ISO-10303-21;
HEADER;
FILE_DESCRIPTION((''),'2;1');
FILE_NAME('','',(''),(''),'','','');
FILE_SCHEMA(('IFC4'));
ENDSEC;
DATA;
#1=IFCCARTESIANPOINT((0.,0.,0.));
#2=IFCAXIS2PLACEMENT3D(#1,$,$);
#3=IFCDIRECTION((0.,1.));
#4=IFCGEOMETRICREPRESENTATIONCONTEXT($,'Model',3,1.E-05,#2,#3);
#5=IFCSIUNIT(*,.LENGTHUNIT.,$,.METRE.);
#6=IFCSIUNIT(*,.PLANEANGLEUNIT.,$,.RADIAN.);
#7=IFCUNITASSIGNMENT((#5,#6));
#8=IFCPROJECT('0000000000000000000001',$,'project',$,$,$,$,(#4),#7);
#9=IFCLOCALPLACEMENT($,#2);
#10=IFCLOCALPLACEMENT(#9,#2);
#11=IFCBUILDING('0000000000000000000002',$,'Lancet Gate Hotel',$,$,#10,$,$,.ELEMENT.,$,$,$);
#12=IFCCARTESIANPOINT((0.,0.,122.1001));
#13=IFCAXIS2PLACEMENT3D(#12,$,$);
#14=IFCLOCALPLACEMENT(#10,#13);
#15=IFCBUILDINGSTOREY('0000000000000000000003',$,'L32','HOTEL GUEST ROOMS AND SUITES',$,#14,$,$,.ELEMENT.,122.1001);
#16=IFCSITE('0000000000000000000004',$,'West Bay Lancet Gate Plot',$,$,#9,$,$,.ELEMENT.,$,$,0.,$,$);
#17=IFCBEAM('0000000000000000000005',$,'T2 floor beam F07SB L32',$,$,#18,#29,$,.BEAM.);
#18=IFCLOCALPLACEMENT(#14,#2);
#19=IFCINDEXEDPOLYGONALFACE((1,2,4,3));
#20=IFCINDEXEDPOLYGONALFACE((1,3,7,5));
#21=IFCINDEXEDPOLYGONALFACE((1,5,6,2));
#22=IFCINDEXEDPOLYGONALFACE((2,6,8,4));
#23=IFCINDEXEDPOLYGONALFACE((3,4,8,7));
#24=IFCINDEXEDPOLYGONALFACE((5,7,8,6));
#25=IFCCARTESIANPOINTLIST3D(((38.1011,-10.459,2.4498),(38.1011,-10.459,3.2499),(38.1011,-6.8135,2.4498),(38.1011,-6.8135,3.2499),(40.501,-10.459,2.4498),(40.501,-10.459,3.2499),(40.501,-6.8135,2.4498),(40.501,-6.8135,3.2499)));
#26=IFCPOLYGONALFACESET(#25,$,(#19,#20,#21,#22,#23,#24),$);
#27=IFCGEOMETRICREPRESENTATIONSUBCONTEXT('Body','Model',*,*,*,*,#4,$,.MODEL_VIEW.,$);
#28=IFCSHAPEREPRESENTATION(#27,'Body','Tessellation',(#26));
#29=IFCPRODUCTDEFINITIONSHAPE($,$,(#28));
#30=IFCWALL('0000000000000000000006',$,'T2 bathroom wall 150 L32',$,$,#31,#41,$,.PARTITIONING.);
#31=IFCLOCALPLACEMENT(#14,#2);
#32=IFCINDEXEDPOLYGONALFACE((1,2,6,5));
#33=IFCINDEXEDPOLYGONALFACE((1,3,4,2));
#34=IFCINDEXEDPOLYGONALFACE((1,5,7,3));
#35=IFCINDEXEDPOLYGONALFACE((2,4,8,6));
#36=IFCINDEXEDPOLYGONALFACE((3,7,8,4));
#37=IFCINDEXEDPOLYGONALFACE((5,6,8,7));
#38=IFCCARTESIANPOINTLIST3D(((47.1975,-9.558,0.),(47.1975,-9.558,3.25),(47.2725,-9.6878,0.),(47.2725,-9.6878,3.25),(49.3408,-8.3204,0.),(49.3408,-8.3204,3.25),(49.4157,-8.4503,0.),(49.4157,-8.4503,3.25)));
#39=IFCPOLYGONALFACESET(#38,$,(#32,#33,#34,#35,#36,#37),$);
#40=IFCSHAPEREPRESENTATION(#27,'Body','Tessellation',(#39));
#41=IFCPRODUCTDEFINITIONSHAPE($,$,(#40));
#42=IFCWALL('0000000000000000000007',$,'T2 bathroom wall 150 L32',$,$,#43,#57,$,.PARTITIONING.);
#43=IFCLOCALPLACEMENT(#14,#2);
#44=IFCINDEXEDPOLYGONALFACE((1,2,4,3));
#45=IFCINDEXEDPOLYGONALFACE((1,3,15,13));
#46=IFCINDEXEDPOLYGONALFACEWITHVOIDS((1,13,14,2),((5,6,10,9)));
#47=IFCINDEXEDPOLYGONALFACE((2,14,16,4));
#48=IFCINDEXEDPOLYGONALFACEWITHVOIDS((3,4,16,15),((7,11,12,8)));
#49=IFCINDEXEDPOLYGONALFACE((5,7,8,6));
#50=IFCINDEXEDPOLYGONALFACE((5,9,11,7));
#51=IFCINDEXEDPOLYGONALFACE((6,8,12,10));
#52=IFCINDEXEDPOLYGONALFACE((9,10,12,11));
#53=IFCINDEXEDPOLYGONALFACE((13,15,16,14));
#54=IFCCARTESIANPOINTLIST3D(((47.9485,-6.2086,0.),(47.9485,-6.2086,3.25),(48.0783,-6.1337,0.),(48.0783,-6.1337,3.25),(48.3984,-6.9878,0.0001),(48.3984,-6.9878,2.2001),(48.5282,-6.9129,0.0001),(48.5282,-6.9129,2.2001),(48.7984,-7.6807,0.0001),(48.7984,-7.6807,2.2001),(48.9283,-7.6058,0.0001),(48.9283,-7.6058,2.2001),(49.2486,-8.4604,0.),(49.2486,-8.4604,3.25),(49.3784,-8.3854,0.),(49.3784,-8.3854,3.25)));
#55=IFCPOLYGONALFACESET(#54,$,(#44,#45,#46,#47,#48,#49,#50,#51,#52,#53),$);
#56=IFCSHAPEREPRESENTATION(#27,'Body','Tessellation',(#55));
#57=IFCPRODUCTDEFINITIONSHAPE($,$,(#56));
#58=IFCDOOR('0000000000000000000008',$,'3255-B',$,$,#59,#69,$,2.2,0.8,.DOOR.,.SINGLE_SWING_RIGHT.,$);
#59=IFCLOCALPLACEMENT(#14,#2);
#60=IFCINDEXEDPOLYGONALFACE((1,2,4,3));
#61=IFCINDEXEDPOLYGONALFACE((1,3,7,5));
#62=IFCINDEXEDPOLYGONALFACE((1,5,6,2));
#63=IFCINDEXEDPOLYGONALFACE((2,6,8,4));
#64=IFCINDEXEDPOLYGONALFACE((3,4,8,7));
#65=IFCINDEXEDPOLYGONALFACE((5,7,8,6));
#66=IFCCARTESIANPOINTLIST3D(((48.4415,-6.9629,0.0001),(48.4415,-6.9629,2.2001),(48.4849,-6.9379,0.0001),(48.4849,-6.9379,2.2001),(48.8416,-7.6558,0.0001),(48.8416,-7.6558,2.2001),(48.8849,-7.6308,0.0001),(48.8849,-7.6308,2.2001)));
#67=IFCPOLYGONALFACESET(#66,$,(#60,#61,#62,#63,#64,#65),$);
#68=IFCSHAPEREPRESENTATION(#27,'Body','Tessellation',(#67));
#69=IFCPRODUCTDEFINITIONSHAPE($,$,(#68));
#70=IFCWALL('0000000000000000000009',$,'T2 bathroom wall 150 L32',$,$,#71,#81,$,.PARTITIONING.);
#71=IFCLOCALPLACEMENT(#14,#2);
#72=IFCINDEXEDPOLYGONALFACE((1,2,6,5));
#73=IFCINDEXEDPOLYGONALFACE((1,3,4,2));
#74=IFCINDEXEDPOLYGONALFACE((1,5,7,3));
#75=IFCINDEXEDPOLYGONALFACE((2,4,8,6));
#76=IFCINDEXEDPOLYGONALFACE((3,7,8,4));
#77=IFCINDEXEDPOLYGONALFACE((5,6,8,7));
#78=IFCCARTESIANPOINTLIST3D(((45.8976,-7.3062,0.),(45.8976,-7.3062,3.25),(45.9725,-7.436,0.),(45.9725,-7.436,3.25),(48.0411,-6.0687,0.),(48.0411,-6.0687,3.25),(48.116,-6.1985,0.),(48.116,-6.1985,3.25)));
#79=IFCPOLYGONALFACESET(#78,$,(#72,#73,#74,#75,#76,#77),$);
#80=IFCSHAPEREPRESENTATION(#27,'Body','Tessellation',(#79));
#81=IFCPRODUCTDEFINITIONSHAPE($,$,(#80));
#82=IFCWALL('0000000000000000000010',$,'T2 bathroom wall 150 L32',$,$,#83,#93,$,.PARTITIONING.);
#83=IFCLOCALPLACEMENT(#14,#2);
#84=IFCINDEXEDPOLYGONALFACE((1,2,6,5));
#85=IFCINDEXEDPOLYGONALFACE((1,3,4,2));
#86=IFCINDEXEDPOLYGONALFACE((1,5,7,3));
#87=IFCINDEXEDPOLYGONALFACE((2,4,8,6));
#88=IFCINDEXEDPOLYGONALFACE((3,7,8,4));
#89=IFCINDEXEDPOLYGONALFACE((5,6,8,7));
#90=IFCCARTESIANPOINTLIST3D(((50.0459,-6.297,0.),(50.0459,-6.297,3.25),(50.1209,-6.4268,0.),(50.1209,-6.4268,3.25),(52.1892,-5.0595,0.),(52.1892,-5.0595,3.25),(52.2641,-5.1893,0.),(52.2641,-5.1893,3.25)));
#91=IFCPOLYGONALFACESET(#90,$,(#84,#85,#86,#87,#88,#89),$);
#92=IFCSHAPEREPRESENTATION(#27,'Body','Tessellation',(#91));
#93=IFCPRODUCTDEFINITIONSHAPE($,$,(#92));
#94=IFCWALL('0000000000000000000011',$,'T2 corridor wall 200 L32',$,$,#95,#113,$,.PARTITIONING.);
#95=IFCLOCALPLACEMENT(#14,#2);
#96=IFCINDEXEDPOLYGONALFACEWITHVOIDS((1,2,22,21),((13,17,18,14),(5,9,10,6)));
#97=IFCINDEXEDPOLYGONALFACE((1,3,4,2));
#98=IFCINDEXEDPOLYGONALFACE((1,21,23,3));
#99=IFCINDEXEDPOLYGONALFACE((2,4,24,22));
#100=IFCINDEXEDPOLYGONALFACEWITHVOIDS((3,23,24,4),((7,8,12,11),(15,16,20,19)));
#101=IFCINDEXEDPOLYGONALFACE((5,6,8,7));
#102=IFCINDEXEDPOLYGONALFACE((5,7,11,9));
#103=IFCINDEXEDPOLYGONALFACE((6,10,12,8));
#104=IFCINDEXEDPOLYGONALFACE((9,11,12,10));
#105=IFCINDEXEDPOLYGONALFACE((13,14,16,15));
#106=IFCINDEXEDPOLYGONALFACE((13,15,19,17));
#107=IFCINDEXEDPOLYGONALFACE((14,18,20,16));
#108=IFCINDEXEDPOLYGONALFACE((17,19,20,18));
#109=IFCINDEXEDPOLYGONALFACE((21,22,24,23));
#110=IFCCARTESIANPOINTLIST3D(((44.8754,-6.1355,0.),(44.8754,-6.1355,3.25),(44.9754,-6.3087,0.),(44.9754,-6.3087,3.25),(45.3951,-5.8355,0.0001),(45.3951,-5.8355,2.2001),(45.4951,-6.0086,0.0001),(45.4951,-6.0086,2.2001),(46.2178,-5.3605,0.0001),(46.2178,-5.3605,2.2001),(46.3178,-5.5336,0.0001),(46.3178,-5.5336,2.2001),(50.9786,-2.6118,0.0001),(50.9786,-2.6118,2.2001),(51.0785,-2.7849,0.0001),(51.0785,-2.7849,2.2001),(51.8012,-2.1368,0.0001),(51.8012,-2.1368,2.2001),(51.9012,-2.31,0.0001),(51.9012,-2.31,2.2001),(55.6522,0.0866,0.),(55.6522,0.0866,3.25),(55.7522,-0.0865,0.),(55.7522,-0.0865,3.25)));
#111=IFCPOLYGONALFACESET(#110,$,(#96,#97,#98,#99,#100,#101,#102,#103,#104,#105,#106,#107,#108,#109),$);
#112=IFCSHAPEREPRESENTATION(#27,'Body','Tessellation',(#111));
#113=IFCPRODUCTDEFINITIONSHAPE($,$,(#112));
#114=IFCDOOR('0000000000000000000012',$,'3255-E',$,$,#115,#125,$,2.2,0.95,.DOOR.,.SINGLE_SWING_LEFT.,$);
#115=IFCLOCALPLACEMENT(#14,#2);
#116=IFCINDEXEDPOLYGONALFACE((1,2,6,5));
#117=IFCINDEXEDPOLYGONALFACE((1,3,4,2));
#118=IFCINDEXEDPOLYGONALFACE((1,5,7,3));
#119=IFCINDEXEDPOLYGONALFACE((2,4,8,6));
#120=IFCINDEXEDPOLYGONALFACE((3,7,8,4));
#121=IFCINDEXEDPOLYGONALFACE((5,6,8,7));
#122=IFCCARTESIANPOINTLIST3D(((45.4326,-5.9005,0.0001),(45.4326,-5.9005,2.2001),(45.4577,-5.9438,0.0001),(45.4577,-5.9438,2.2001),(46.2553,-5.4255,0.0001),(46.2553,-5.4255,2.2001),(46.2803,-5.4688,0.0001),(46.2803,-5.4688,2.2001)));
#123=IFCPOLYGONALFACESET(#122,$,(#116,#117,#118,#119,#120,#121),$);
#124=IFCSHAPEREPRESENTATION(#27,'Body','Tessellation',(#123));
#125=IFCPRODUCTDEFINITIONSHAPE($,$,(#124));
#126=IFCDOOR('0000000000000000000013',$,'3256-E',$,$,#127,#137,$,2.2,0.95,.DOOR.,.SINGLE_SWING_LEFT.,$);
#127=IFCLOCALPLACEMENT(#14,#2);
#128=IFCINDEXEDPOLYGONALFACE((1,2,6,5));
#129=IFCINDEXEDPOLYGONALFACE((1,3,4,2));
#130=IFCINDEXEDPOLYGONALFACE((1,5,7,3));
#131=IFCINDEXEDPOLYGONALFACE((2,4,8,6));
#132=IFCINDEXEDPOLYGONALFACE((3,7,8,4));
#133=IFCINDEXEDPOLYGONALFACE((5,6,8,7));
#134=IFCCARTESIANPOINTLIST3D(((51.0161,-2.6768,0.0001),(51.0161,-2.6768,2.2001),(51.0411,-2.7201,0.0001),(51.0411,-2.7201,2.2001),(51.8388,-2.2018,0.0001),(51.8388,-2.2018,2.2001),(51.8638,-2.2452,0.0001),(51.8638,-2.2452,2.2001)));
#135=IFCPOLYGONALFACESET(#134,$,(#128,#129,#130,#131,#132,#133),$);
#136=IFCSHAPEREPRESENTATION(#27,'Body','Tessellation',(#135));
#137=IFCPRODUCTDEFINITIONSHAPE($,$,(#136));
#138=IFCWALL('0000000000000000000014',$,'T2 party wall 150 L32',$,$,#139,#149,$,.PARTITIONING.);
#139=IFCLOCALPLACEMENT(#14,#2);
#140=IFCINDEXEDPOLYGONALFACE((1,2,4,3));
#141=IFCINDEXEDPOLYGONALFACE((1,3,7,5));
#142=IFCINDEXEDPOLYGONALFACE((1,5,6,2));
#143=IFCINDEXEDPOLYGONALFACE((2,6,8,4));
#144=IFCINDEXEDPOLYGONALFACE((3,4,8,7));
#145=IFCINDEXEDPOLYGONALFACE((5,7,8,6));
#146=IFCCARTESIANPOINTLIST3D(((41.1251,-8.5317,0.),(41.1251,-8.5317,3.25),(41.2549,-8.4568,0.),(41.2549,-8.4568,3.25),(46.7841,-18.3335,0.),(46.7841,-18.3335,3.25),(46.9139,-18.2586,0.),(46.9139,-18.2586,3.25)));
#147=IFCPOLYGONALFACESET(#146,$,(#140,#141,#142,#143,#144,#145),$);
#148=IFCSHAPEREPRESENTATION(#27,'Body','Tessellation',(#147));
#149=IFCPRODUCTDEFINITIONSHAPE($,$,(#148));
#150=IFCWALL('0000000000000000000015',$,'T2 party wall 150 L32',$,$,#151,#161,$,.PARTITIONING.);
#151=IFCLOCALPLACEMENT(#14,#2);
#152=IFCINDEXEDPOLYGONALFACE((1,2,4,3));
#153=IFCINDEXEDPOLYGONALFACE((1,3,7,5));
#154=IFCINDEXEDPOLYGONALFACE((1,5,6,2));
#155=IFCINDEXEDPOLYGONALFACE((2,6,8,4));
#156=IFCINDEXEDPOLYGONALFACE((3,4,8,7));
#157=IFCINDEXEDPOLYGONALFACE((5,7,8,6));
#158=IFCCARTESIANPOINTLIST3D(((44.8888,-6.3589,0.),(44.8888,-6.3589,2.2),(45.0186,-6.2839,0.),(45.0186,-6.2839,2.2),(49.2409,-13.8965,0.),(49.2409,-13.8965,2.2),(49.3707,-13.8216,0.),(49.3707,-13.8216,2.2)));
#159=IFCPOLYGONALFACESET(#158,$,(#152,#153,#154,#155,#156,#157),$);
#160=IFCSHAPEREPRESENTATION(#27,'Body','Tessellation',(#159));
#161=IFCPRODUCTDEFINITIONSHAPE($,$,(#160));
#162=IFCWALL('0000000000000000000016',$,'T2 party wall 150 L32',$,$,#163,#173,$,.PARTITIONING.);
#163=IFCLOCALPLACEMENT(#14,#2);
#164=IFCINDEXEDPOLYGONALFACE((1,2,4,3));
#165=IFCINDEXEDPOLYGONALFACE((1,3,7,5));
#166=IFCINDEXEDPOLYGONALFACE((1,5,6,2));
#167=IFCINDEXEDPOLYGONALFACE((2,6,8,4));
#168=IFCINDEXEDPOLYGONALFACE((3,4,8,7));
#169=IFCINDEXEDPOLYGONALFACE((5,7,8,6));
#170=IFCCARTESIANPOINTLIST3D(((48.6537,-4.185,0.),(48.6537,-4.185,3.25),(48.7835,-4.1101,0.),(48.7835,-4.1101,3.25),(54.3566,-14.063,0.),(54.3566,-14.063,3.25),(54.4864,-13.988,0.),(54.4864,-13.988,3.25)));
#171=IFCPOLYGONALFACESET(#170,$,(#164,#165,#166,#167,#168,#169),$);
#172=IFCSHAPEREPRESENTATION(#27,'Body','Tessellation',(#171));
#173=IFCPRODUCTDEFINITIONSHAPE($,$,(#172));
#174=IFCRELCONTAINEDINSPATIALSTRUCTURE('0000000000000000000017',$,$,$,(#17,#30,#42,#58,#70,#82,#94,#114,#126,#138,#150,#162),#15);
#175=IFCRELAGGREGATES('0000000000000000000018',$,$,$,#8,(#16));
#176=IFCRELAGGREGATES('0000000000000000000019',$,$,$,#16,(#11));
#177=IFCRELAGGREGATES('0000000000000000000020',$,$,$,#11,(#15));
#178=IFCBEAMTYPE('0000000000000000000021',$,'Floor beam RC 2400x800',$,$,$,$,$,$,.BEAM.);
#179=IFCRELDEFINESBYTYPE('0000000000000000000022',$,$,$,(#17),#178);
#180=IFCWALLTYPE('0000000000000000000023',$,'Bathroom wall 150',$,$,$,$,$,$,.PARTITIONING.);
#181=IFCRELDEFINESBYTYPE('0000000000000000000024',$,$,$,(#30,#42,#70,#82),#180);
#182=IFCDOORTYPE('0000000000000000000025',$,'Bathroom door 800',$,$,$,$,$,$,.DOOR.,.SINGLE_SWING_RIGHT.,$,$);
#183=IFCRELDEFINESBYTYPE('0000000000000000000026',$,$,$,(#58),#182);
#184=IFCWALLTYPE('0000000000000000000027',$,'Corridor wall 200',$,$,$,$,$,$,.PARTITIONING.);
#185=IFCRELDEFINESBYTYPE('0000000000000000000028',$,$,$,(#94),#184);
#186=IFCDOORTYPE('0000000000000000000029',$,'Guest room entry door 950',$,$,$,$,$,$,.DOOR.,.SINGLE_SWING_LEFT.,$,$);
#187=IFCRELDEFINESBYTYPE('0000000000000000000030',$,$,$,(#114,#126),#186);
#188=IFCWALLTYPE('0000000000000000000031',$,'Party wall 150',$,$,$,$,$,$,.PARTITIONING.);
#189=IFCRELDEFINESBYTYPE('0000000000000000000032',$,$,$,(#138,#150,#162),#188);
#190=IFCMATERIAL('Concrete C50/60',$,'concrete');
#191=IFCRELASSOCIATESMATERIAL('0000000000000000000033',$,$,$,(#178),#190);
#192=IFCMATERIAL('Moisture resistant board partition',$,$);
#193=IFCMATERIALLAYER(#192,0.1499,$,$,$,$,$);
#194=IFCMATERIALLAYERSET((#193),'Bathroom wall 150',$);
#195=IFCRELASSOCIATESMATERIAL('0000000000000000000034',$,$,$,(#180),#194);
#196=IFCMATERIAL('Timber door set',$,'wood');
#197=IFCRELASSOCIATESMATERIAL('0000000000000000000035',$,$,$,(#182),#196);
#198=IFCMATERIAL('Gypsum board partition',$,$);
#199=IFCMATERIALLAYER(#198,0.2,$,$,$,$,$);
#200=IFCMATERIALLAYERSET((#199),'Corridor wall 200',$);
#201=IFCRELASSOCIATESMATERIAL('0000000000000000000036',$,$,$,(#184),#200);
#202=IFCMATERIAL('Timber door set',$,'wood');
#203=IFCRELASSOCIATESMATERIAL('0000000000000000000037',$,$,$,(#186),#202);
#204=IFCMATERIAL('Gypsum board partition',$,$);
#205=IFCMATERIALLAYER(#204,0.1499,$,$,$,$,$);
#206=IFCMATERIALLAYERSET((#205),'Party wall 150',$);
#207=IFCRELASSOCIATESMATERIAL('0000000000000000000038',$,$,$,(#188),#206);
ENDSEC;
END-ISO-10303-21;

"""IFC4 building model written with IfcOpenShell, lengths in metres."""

from ifc_helpers import new_model, si_unit, direction, frame, frame_2d, origin, origin_2d, place, context, subcontext, project, spatial, rectangle, extrude, material, layer, layer_set, material_profile, profile_set, type_object, element, fill, save


model = new_model("IFC4")

# Units and contexts
model_context = context("Model", 3, precision=1e-05, world=origin(), true_north=direction((0.0, 1.0)))
body_context = subcontext(model_context, "Body", "Model", "MODEL_VIEW")
ifc_project = project(units=[si_unit("LENGTHUNIT", "METRE"), si_unit("PLANEANGLEUNIT", "RADIAN")], contexts=[model_context])

# Site, building, storey
site_placement = place(None, origin())
site = spatial("IfcSite", under=ifc_project, at=site_placement, Name="West Bay Lancet Gate Plot", CompositionType="ELEMENT", RefElevation=0.0)
building_placement = place(site_placement, origin())
building = spatial("IfcBuilding", under=site, at=building_placement, Name="Lancet Gate Hotel", CompositionType="ELEMENT")
storey_placement = place(building_placement, frame((0.0, 0.0, 122.1001)))
storey = spatial("IfcBuildingStorey", under=building, at=storey_placement, Name="L32", Description="HOTEL GUEST ROOMS AND SUITES", CompositionType="ELEMENT", Elevation=122.1001)

# Beam
ifc_material_1 = material(Name="Concrete C50/60", Category="concrete")
ifc_material_profile = material_profile(ifc_material_1, rectangle(XDim=2.3999, YDim=0.8, at=origin_2d()), Name="RC 2400x800")
ifc_profile_set = profile_set([ifc_material_profile], Name="Concrete C50/60")
beam_type = type_object("IfcBeamType", Name="Floor beam RC 2400x800", PredefinedType="BEAM", material=ifc_profile_set)
beam_placement = place(storey_placement, frame((39.301, -10.459, 2.8499), z_axis=(0.0, 1.0, 0.0), x_axis=(-1.0, 0.0, 0.0)))
element("IfcBeam", 1, at=beam_placement, inside=storey, type_object=beam_type, Name="T2 floor beam F07SB L32", PredefinedType="BEAM", context=body_context, shape_type="SweptSolid", body=[
    extrude(rectangle(XDim=2.3999, YDim=0.8, at=origin_2d()), origin(), (0.0, 0.0, 1.0), 3.6455),
])

# Wall
ifc_material_2 = material(Name="Moisture resistant board partition")
ifc_layer_1 = layer(ifc_material_2, 0.1499)
ifc_layer_set_1 = layer_set([ifc_layer_1], Name="Bathroom wall 150")
wall_type_1 = type_object("IfcWallType", Name="Bathroom wall 150", PredefinedType="PARTITIONING", material=ifc_layer_set_1)
wall_1_placement = place(storey_placement, frame((47.2351, -9.6228, 0.0), z_axis=(0.0, 0.0, 1.0), x_axis=(0.866007, 0.500033, 0.0)))
element("IfcWall", 2, at=wall_1_placement, inside=storey, type_object=wall_type_1, Name="T2 bathroom wall 150 L32", PredefinedType="PARTITIONING", context=body_context, shape_type="SweptSolid", body=[
    extrude(rectangle(XDim=2.4749, YDim=0.1499, at=frame_2d((1.2373, 0.0))), origin(), (0.0, 0.0, 1.0), 3.25),
])

# Wall, opening, door
wall_2_placement = place(storey_placement, frame((48.0134, -6.1711, 0.0), z_axis=(0.0, 0.0, 1.0), x_axis=(0.500007, -0.866021, 0.0)))
wall_2 = element("IfcWall", 3, at=wall_2_placement, inside=storey, type_object=wall_type_1, Name="T2 bathroom wall 150 L32", PredefinedType="PARTITIONING", context=body_context, shape_type="SweptSolid", body=[
    extrude(rectangle(XDim=2.6001, YDim=0.1499, at=frame_2d((1.3, 0.0))), origin(), (0.0, 0.0, 1.0), 3.25),
])
opening_1_placement = place(wall_2_placement, frame((0.8999, 0.0, 0.0)))
opening_1 = element("IfcOpeningElement", 4, at=opening_1_placement, cuts=wall_2, PredefinedType="OPENING", context=body_context, shape_type="SweptSolid", body=[
    extrude(rectangle(XDim=0.8, YDim=2.2, at=frame_2d((0.3999, 1.1001))), frame((0.0, 0.085, 0.0), z_axis=(0.0, -1.0, 0.0), x_axis=(1.0, 0.0, 0.0)), (0.0, 0.0, 1.0), 0.1699),
])
ifc_material_3 = material(Name="Timber door set", Category="wood")
door_type_1 = type_object("IfcDoorType", Name="Bathroom door 800", OperationType="SINGLE_SWING_RIGHT", PredefinedType="DOOR", material=ifc_material_3)
door_1_placement = place(opening_1_placement, origin())
door_1 = element("IfcDoor", 5, at=door_1_placement, inside=storey, type_object=door_type_1, Name="3255-B", OperationType="SINGLE_SWING_RIGHT", OverallHeight=2.2, OverallWidth=0.8, PredefinedType="DOOR", context=body_context, shape_type="SweptSolid", body=[
    extrude(rectangle(XDim=0.8, YDim=2.2, at=frame_2d((0.3999, 1.1001))), frame((0.0, 0.0249, 0.0), z_axis=(0.0, -1.0, 0.0), x_axis=(1.0, 0.0, 0.0)), (0.0, 0.0, 1.0), 0.05),
])
fill(opening_1, door_1)

# Walls
wall_3_placement = place(storey_placement, frame((45.9351, -7.3711, 0.0), z_axis=(0.0, 0.0, 1.0), x_axis=(0.866031, 0.49999, 0.0)))
element("IfcWall", 6, at=wall_3_placement, inside=storey, type_object=wall_type_1, Name="T2 bathroom wall 150 L32", PredefinedType="PARTITIONING", context=body_context, shape_type="SweptSolid", body=[
    extrude(rectangle(XDim=2.4751, YDim=0.1499, at=frame_2d((1.2375, 0.0))), origin(), (0.0, 0.0, 1.0), 3.25),
])
wall_4_placement = place(storey_placement, frame((50.0835, -6.3618, 0.0), z_axis=(0.0, 0.0, 1.0), x_axis=(0.866007, 0.500033, 0.0)))
element("IfcWall", 7, at=wall_4_placement, inside=storey, type_object=wall_type_1, Name="T2 bathroom wall 150 L32", PredefinedType="PARTITIONING", context=body_context, shape_type="SweptSolid", body=[
    extrude(rectangle(XDim=2.4749, YDim=0.1499, at=frame_2d((1.2373, 0.0))), origin(), (0.0, 0.0, 1.0), 3.25),
])

# Wall, openings, doors
ifc_material_4 = material(Name="Gypsum board partition")
ifc_layer_2 = layer(ifc_material_4, 0.2)
ifc_layer_set_2 = layer_set([ifc_layer_2], Name="Corridor wall 200")
wall_type_2 = type_object("IfcWallType", Name="Corridor wall 200", PredefinedType="PARTITIONING", material=ifc_layer_set_2)
wall_5_placement = place(storey_placement, frame((44.9253, -6.2222, 0.0), z_axis=(0.0, 0.0, 1.0), x_axis=(0.86602, 0.500009, 0.0)))
wall_5 = element("IfcWall", 8, at=wall_5_placement, inside=storey, type_object=wall_type_2, Name="T2 corridor wall 200 L32", PredefinedType="PARTITIONING", context=body_context, shape_type="SweptSolid", body=[
    extrude(rectangle(XDim=12.4441, YDim=0.2, at=frame_2d((6.2222, 0.0))), origin(), (0.0, 0.0, 1.0), 3.25),
])
opening_2_placement = place(wall_5_placement, frame((0.6001, 0.0, 0.0)))
opening_2 = element("IfcOpeningElement", 9, at=opening_2_placement, cuts=wall_5, PredefinedType="OPENING", context=body_context, shape_type="SweptSolid", body=[
    extrude(rectangle(XDim=0.95, YDim=2.2, at=frame_2d((0.4751, 1.1001))), frame((0.0, 0.1099, 0.0), z_axis=(0.0, -1.0, 0.0), x_axis=(1.0, 0.0, 0.0)), (0.0, 0.0, 1.0), 0.22),
])
opening_3_placement = place(wall_5_placement, frame((7.0474, 0.0, 0.0)))
opening_3 = element("IfcOpeningElement", 10, at=opening_3_placement, cuts=wall_5, PredefinedType="OPENING", context=body_context, shape_type="SweptSolid", body=[
    extrude(rectangle(XDim=0.95, YDim=2.2, at=frame_2d((0.4751, 1.1001))), frame((0.0, 0.1099, 0.0), z_axis=(0.0, -1.0, 0.0), x_axis=(1.0, 0.0, 0.0)), (0.0, 0.0, 1.0), 0.22),
])
ifc_material_5 = material(Name="Timber door set", Category="wood")
door_type_2 = type_object("IfcDoorType", Name="Guest room entry door 950", OperationType="SINGLE_SWING_LEFT", PredefinedType="DOOR", material=ifc_material_5)
door_2_placement = place(opening_2_placement, origin())
door_2 = element("IfcDoor", 11, at=door_2_placement, inside=storey, type_object=door_type_2, Name="3255-E", OperationType="SINGLE_SWING_LEFT", OverallHeight=2.2, OverallWidth=0.95, PredefinedType="DOOR", context=body_context, shape_type="SweptSolid", body=[
    extrude(rectangle(XDim=0.95, YDim=2.2, at=frame_2d((0.4751, 1.1001))), frame((0.0, 0.0249, 0.0), z_axis=(0.0, -1.0, 0.0), x_axis=(1.0, 0.0, 0.0)), (0.0, 0.0, 1.0), 0.05),
])
fill(opening_2, door_2)
door_3_placement = place(opening_3_placement, origin())
door_3 = element("IfcDoor", 12, at=door_3_placement, inside=storey, type_object=door_type_2, Name="3256-E", OperationType="SINGLE_SWING_LEFT", OverallHeight=2.2, OverallWidth=0.95, PredefinedType="DOOR", context=body_context, shape_type="SweptSolid", body=[
    extrude(rectangle(XDim=0.95, YDim=2.2, at=frame_2d((0.4751, 1.1001))), frame((0.0, 0.0249, 0.0), z_axis=(0.0, -1.0, 0.0), x_axis=(1.0, 0.0, 0.0)), (0.0, 0.0, 1.0), 0.05),
])
fill(opening_3, door_3)

# Walls
ifc_material_6 = material(Name="Gypsum board partition")
ifc_layer_3 = layer(ifc_material_6, 0.1499)
ifc_layer_set_3 = layer_set([ifc_layer_3], Name="Party wall 150")
wall_type_3 = type_object("IfcWallType", Name="Party wall 150", PredefinedType="PARTITIONING", material=ifc_layer_set_3)
wall_6_placement = place(storey_placement, frame((41.1899, -8.4941, 0.0), z_axis=(0.0, 0.0, 1.0), x_axis=(0.499993, -0.86603, 0.0)))
element("IfcWall", 13, at=wall_6_placement, inside=storey, type_object=wall_type_3, Name="T2 party wall 150 L32", PredefinedType="PARTITIONING", context=body_context, shape_type="SweptSolid", body=[
    extrude(rectangle(XDim=11.3181, YDim=0.1499, at=frame_2d((5.6592, 0.0))), origin(), (0.0, 0.0, 1.0), 3.25),
])
wall_7_placement = place(storey_placement, frame((44.9536, -6.3213, 0.0), z_axis=(0.0, 0.0, 1.0), x_axis=(0.500019, -0.866015, 0.0)))
element("IfcWall", 14, at=wall_7_placement, inside=storey, type_object=wall_type_3, Name="T2 party wall 150 L32", PredefinedType="PARTITIONING", context=body_context, shape_type="SweptSolid", body=[
    extrude(rectangle(XDim=8.7039, YDim=0.1499, at=frame_2d((4.3521, 0.0))), origin(), (0.0, 0.0, 1.0), 2.2),
])
wall_8_placement = place(storey_placement, frame((48.7185, -4.1475, 0.0), z_axis=(0.0, 0.0, 1.0), x_axis=(0.49999, -0.866031, 0.0)))
element("IfcWall", 15, at=wall_8_placement, inside=storey, type_object=wall_type_3, Name="T2 party wall 150 L32", PredefinedType="PARTITIONING", context=body_context, shape_type="SweptSolid", body=[
    extrude(rectangle(XDim=11.406, YDim=0.1499, at=frame_2d((5.7031, 0.0))), origin(), (0.0, 0.0, 1.0), 3.25),
])

save(model, "model.ifc")
